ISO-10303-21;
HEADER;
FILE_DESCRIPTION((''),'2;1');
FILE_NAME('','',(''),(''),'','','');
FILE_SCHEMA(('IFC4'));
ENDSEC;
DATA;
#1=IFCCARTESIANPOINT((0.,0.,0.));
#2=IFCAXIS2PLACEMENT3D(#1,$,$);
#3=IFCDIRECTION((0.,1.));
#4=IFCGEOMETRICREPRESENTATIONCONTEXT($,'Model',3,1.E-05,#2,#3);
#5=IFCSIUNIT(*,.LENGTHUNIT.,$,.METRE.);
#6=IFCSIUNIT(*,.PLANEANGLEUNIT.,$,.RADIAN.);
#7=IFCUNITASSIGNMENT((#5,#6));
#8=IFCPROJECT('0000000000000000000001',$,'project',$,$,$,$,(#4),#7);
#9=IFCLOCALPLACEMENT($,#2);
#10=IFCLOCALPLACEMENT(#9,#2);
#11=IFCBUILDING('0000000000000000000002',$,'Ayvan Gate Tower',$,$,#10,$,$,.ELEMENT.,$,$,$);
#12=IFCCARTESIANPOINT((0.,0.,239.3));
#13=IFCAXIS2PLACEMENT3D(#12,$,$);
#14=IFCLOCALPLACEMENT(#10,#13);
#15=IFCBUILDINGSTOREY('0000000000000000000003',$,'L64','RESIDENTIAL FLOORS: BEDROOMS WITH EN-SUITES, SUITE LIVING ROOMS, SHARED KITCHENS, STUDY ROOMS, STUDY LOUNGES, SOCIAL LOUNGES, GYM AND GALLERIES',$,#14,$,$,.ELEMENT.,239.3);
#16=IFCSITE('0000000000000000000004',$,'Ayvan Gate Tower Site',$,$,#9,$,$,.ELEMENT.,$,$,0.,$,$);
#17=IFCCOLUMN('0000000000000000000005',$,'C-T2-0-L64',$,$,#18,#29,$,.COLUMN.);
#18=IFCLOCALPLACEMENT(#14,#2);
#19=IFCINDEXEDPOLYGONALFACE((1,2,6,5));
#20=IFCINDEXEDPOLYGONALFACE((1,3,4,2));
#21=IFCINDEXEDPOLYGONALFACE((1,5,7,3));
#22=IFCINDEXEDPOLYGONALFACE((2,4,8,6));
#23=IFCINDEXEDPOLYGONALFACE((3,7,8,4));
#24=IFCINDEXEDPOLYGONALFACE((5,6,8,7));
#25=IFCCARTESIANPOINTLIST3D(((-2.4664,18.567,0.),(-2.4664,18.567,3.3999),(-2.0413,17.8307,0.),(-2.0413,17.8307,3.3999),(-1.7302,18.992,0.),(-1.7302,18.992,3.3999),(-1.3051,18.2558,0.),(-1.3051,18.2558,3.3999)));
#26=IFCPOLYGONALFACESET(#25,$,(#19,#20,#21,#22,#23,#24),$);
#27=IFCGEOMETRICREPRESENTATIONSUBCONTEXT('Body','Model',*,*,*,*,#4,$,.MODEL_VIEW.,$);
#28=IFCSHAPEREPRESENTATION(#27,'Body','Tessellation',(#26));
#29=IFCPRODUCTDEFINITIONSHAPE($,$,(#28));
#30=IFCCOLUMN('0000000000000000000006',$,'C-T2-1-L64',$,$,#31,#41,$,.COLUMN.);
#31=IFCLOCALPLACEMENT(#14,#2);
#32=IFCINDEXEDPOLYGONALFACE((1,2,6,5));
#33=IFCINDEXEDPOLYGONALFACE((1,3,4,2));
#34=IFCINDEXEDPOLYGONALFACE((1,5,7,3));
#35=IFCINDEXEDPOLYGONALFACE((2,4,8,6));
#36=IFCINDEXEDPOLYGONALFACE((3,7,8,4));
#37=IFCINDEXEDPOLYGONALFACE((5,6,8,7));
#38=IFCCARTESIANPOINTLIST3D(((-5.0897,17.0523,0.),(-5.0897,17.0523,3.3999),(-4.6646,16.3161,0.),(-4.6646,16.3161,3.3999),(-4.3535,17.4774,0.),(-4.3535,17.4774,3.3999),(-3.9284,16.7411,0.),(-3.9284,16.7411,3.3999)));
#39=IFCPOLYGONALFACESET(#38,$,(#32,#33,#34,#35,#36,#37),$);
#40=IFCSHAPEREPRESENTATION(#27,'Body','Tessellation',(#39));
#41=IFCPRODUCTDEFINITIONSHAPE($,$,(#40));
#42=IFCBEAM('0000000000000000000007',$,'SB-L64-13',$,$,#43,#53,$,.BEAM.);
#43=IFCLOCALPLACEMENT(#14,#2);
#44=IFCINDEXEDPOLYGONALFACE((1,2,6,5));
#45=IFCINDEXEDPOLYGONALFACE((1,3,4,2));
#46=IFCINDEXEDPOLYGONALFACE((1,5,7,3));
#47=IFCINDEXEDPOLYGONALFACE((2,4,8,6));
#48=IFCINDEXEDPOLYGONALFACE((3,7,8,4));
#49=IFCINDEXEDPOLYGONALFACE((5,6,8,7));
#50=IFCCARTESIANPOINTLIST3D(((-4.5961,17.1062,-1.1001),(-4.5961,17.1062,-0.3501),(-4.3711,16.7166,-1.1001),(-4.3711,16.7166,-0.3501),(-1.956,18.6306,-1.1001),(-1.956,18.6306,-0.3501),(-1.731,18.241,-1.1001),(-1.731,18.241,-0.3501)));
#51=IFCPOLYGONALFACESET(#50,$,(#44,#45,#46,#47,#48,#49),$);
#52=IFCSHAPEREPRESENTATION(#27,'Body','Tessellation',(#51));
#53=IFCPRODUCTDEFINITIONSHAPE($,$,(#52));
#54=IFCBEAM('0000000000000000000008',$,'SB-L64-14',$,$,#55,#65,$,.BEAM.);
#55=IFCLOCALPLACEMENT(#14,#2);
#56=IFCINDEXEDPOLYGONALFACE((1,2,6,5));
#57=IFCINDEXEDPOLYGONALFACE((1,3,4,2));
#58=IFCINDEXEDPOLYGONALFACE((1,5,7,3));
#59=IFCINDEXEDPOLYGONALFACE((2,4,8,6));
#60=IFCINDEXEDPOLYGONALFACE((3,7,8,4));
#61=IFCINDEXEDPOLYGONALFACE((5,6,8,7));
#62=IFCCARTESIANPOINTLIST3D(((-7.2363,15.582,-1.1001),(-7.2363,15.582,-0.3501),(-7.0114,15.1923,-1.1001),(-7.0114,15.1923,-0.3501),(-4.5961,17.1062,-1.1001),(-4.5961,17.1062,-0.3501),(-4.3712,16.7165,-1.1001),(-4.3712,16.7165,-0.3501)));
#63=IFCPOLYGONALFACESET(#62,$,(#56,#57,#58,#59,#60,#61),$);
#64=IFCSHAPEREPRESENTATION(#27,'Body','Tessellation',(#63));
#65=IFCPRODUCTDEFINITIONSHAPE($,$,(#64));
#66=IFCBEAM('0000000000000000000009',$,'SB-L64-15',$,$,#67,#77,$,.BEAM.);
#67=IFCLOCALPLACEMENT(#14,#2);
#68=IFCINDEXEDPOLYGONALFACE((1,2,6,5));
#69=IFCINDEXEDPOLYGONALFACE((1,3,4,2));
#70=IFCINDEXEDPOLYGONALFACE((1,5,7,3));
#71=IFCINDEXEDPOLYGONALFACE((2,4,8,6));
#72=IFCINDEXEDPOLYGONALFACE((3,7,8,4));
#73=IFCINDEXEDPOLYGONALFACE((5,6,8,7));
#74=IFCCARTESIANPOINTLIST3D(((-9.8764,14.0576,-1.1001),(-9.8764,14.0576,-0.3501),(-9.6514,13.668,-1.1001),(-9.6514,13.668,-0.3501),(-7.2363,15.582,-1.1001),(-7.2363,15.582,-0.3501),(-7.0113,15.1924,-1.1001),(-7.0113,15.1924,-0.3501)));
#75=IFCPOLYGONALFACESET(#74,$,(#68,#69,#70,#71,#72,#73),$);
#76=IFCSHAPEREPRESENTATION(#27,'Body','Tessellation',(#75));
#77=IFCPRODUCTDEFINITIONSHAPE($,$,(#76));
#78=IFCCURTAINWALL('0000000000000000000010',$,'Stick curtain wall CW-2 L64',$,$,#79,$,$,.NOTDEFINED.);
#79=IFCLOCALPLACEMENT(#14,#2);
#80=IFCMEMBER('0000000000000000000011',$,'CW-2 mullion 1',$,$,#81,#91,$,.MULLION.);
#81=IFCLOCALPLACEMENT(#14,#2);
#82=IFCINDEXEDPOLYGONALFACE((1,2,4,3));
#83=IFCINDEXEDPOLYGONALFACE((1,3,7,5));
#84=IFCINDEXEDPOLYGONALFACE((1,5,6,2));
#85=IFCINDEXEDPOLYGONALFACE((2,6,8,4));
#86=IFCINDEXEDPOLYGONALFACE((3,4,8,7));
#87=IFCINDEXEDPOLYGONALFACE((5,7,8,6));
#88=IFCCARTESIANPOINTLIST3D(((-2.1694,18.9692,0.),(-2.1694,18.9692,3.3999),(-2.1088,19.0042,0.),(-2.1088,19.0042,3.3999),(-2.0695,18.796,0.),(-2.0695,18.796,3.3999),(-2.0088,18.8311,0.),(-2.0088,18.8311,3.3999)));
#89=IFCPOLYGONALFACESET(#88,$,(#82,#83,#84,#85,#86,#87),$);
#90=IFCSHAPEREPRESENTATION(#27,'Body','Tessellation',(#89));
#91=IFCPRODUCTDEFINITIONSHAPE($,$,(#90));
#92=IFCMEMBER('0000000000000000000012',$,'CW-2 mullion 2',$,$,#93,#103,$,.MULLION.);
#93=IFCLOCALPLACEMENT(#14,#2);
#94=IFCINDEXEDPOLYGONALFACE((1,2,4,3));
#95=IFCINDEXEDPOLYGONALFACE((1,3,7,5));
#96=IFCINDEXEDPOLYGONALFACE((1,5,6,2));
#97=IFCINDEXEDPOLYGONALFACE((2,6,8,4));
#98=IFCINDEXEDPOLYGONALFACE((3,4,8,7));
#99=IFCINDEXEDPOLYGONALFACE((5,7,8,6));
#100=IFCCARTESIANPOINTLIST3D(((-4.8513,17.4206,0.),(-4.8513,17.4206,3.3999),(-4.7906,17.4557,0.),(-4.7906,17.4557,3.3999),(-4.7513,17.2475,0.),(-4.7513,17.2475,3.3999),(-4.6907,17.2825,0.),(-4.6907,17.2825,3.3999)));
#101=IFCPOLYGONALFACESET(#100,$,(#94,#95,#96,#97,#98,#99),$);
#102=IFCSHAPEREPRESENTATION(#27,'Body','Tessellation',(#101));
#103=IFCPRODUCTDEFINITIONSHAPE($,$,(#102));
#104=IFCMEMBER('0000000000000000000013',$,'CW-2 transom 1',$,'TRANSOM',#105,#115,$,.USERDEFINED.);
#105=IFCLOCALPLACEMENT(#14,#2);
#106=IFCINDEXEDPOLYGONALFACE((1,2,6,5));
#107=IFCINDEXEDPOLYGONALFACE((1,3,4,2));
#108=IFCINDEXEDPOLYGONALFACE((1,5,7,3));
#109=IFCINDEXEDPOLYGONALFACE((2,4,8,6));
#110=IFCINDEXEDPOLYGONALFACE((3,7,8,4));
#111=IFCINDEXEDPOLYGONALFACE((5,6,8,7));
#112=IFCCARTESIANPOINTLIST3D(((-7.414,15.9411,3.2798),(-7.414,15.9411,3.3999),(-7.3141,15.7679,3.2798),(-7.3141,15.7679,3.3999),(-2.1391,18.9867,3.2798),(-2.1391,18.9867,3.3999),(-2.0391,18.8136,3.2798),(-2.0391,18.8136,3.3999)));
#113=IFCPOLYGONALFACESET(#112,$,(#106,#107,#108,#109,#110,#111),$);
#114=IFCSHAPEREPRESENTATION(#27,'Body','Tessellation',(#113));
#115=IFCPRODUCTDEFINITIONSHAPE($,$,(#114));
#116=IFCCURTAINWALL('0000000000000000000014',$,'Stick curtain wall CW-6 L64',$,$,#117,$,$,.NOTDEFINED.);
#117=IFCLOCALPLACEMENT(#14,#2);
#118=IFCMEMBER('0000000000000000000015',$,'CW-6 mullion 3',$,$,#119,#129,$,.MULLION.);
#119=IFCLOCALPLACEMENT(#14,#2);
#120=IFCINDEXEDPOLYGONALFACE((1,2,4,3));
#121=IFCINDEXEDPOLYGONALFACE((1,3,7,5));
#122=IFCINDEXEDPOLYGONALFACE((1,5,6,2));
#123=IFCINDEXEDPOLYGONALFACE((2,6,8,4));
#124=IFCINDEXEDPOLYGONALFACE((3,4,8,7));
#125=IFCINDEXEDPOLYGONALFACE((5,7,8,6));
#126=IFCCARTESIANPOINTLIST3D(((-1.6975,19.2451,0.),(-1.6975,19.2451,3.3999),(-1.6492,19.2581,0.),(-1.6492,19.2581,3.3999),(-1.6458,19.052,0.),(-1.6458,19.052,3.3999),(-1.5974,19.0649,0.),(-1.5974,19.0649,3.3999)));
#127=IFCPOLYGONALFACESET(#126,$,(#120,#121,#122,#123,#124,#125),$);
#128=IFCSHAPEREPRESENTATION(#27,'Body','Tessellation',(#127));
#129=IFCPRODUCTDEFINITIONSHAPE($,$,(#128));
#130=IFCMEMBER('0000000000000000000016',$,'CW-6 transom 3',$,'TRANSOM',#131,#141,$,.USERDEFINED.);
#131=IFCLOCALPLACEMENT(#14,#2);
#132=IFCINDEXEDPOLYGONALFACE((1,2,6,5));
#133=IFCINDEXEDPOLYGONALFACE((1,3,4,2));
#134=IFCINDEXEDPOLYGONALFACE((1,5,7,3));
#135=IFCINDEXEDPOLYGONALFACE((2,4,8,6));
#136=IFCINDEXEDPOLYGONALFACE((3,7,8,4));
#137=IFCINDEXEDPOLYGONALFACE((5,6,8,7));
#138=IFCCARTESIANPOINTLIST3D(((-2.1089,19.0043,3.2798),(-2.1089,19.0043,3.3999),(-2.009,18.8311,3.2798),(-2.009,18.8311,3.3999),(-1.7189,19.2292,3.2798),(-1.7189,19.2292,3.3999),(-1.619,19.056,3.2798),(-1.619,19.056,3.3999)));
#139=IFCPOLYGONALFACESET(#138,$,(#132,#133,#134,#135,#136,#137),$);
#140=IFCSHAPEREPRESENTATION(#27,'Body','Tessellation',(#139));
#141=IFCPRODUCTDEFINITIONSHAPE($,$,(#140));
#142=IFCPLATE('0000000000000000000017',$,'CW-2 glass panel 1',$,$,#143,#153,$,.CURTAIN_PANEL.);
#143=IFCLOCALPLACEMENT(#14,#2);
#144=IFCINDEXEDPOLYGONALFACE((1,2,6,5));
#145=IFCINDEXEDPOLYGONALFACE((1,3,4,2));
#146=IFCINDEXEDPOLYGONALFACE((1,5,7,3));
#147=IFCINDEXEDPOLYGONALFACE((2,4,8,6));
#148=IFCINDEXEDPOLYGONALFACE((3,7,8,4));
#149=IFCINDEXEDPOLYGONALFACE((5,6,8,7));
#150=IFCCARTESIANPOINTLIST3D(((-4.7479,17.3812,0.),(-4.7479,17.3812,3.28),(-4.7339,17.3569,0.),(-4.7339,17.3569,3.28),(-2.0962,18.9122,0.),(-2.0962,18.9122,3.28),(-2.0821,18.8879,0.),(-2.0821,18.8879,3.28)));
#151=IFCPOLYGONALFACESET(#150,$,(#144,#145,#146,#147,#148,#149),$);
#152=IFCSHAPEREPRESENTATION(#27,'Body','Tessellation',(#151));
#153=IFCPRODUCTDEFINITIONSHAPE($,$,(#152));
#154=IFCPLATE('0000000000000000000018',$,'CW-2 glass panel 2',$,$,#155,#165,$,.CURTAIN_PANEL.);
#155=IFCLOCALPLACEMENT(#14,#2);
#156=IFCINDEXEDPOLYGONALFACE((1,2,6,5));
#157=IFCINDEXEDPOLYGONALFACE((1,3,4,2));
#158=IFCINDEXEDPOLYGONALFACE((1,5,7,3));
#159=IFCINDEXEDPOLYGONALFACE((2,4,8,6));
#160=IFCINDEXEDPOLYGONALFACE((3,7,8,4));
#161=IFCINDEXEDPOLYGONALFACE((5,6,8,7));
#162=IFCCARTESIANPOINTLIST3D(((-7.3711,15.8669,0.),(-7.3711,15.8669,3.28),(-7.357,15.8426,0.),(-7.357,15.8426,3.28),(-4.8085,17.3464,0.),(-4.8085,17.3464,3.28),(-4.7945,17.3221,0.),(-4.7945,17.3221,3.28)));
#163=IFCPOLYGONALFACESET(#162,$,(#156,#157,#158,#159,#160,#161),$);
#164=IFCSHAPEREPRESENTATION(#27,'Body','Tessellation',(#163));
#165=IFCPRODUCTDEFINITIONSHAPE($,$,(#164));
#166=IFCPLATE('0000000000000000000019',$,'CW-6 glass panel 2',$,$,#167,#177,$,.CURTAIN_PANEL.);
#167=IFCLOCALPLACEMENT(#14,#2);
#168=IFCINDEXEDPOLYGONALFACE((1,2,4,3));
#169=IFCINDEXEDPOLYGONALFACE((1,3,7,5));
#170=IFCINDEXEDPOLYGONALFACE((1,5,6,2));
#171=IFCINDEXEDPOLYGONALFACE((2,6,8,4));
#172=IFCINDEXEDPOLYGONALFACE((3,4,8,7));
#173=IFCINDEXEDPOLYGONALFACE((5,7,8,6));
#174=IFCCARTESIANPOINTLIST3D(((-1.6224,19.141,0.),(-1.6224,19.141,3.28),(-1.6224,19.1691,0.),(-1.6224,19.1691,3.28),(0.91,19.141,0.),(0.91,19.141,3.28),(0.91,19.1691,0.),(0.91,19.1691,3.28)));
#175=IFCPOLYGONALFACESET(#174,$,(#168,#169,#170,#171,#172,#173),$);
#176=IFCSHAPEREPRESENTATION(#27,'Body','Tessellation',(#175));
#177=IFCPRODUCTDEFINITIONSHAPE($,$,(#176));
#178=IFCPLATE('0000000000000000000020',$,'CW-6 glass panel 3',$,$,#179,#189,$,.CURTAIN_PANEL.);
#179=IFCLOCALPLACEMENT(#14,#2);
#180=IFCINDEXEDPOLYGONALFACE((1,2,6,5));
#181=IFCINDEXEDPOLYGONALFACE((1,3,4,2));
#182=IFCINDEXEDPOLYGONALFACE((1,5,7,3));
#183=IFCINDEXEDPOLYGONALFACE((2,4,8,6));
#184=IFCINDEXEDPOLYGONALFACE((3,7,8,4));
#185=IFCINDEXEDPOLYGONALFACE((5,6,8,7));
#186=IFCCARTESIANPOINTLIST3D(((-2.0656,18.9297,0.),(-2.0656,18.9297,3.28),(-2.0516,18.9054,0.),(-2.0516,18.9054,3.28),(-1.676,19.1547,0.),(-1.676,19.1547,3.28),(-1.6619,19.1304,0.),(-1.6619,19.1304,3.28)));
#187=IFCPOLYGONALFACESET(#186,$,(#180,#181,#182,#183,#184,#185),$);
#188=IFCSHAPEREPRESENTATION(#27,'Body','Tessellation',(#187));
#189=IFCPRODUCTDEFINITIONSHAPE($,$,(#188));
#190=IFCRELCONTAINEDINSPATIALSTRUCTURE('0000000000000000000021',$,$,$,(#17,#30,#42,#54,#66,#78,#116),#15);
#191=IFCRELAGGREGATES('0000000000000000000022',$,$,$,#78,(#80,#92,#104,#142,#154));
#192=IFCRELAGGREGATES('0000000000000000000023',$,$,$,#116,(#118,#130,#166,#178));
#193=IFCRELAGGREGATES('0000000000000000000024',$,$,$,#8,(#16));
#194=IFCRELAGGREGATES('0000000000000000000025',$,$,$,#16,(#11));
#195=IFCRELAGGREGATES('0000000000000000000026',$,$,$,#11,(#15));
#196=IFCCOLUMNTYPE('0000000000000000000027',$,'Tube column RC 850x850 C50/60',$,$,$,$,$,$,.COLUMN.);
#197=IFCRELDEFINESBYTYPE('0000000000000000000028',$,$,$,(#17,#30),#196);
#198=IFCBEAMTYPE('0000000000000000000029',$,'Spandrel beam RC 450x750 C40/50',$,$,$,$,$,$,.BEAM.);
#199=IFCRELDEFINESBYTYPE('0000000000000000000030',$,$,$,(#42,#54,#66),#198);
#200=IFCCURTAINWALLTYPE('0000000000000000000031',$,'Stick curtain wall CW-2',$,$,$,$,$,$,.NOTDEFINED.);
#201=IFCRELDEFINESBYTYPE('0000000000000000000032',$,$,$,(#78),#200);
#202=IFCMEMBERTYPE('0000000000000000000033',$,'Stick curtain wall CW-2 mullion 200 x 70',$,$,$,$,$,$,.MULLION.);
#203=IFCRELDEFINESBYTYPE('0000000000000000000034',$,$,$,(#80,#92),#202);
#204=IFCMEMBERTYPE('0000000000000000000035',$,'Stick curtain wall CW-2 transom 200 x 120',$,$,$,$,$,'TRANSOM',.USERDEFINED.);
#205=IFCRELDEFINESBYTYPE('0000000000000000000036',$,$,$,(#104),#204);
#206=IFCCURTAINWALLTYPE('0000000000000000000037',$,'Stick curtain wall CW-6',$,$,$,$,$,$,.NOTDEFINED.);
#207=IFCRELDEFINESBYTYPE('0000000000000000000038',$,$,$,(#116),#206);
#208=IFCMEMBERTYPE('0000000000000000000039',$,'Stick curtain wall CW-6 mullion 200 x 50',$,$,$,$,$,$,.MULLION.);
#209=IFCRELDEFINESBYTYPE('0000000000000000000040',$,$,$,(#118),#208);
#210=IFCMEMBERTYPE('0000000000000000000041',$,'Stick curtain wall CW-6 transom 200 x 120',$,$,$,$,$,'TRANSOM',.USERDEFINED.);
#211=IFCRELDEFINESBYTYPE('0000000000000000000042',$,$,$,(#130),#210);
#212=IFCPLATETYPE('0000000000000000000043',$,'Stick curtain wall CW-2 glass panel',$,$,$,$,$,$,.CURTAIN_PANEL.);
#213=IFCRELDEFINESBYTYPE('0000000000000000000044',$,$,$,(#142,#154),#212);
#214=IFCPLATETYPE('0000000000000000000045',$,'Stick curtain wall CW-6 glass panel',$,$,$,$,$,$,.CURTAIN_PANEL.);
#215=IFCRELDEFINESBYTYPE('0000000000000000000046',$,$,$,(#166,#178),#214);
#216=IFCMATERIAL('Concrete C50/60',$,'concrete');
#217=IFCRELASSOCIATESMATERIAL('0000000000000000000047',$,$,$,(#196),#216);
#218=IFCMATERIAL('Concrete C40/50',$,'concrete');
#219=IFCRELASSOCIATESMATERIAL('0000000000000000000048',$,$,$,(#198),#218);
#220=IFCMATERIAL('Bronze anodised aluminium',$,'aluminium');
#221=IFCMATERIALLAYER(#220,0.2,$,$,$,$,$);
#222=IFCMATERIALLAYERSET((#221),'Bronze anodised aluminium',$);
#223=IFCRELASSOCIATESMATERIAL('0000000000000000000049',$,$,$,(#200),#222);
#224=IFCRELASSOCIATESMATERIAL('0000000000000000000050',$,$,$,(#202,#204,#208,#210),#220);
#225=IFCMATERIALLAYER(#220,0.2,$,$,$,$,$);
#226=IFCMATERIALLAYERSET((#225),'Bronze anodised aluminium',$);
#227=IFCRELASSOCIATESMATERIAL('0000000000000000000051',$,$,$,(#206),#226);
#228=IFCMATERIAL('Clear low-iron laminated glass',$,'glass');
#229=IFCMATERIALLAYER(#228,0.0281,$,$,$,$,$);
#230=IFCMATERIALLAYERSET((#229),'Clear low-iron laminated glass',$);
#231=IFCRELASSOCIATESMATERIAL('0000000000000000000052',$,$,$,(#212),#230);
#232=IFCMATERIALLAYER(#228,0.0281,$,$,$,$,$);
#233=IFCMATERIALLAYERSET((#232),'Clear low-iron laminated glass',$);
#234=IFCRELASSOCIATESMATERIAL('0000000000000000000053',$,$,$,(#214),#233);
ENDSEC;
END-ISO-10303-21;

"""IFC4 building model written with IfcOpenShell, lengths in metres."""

from ifc_helpers import new_model, si_unit, direction, frame, origin, origin_2d, place, context, subcontext, project, spatial, rectangle, extrude, material, layer, layer_set, material_profile, profile_set, type_object, element, aggregate, save


model = new_model("IFC4")

# Units and contexts
model_context = context("Model", 3, precision=1e-05, world=origin(), true_north=direction((0.0, 1.0)))
body_context = subcontext(model_context, "Body", "Model", "MODEL_VIEW")
ifc_project = project(units=[si_unit("LENGTHUNIT", "METRE"), si_unit("PLANEANGLEUNIT", "RADIAN")], contexts=[model_context])

# Site, building, storey
site_placement = place(None, origin())
site = spatial("IfcSite", under=ifc_project, at=site_placement, Name="Ayvan Gate Tower Site", CompositionType="ELEMENT", RefElevation=0.0)
building_placement = place(site_placement, origin())
building = spatial("IfcBuilding", under=site, at=building_placement, Name="Ayvan Gate Tower", CompositionType="ELEMENT")
storey_placement = place(building_placement, frame((0.0, 0.0, 239.3)))
storey = spatial("IfcBuildingStorey", under=building, at=storey_placement, Name="L64", Description="RESIDENTIAL FLOORS: BEDROOMS WITH EN-SUITES, SUITE LIVING ROOMS, SHARED KITCHENS, STUDY ROOMS, STUDY LOUNGES, SOCIAL LOUNGES, GYM AND GALLERIES", CompositionType="ELEMENT", Elevation=239.3)

# Columns
ifc_material_1 = material(Name="Concrete C50/60", Category="concrete")
ifc_material_profile_1 = material_profile(ifc_material_1, rectangle(XDim=0.8501, YDim=0.8501, at=origin_2d()), Name="RC 850x850")
ifc_profile_set_1 = profile_set([ifc_material_profile_1], Name="Concrete C50/60")
column_type = type_object("IfcColumnType", Name="Tube column RC 850x850 C50/60", PredefinedType="COLUMN", material=ifc_profile_set_1)
for number, where, z_axis, x_axis, name in (
    (1, (-1.8857, 18.4114, 0.0), (0.0, 0.0, 1.0), (-0.5, 0.866025, 0.0), "C-T2-0-L64"),
    (2, (-4.509, 16.8967, 0.0), (0.0, 0.0, 1.0), (-0.5, 0.866025, 0.0), "C-T2-1-L64"),
):
    element("IfcColumn", number, at=place(storey_placement, frame(where, z_axis=z_axis, x_axis=x_axis)), inside=storey, type_object=column_type, Name=name, PredefinedType="COLUMN", context=body_context, shape_type="SweptSolid", body=[
        extrude(rectangle(XDim=0.8501, YDim=0.8501, at=origin_2d()), origin(), (0.0, 0.0, 1.0), 3.3999),
    ])

# Beams
ifc_material_2 = material(Name="Concrete C40/50", Category="concrete")
ifc_material_profile_2 = material_profile(ifc_material_2, rectangle(XDim=0.45, YDim=0.75, at=origin_2d()), Name="RC 450x750")
ifc_profile_set_2 = profile_set([ifc_material_profile_2], Name="Concrete C40/50")
beam_type = type_object("IfcBeamType", Name="Spandrel beam RC 450x750 C40/50", PredefinedType="BEAM", material=ifc_profile_set_2)
for number, where, z_axis, x_axis, name in (
    (3, (-1.8435, 18.4358, -0.7251), (-0.866007, -0.500032, 0.0), (0.500032, -0.866007, 0.0), "SB-L64-13"),
    (4, (-4.4836, 16.9114, -0.7251), (-0.866042, -0.499972, 0.0), (0.499972, -0.866042, 0.0), "SB-L64-14"),
    (5, (-7.1238, 15.3872, -0.7251), (-0.866007, -0.500032, 0.0), (0.500032, -0.866007, 0.0), "SB-L64-15"),
):
    element("IfcBeam", number, at=place(storey_placement, frame(where, z_axis=z_axis, x_axis=x_axis)), inside=storey, type_object=beam_type, Name=name, PredefinedType="BEAM", context=body_context, shape_type="SweptSolid", body=[
        extrude(rectangle(XDim=0.45, YDim=0.75, at=origin_2d()), origin(), (0.0, 0.0, 1.0), 3.0486),
    ])

# Curtain walls, members
ifc_material_3 = material(Name="Bronze anodised aluminium", Category="aluminium")
ifc_layer_1 = layer(ifc_material_3, 0.2)
ifc_layer_set_1 = layer_set([ifc_layer_1], Name="Bronze anodised aluminium")
curtain_wall_type_1 = type_object("IfcCurtainWallType", Name="Stick curtain wall CW-2", PredefinedType="NOTDEFINED", material=ifc_layer_set_1)
curtain_wall_1_placement = place(storey_placement, origin())
curtain_wall_1 = element("IfcCurtainWall", 6, at=curtain_wall_1_placement, inside=storey, type_object=curtain_wall_type_1, Name="Stick curtain wall CW-2 L64", PredefinedType="NOTDEFINED")
ifc_material_profile_3 = material_profile(ifc_material_3, rectangle(XDim=0.2, YDim=0.0701, at=origin_2d()), Name="Stick curtain wall CW-2 mullion 200 x 70")
ifc_profile_set_3 = profile_set([ifc_material_profile_3], Name="Bronze anodised aluminium")
member_type_1 = type_object("IfcMemberType", Name="Stick curtain wall CW-2 mullion 200 x 70", PredefinedType="MULLION", material=ifc_profile_set_3)
member_1_placement = place(storey_placement, frame((-2.0891, 18.9001, 0.0), z_axis=(0.0, 0.0, 1.0), x_axis=(-0.5, 0.866025, 0.0)))
member_1 = element("IfcMember", 7, at=member_1_placement, type_object=member_type_1, Name="CW-2 mullion 1", PredefinedType="MULLION", context=body_context, shape_type="SweptSolid", body=[
    extrude(rectangle(XDim=0.2, YDim=0.0701, at=origin_2d()), origin(), (0.0, 0.0, 1.0), 3.3999),
])
member_2_placement = place(storey_placement, frame((-4.771, 17.3516, 0.0), z_axis=(0.0, 0.0, 1.0), x_axis=(-0.5, 0.866025, 0.0)))
member_2 = element("IfcMember", 8, at=member_2_placement, type_object=member_type_1, Name="CW-2 mullion 2", PredefinedType="MULLION", context=body_context, shape_type="SweptSolid", body=[
    extrude(rectangle(XDim=0.2, YDim=0.0701, at=origin_2d()), origin(), (0.0, 0.0, 1.0), 3.3999),
])
ifc_material_profile_4 = material_profile(ifc_material_3, rectangle(XDim=0.2, YDim=0.1201, at=origin_2d()), Name="Stick curtain wall CW-2 transom 200 x 120")
ifc_profile_set_4 = profile_set([ifc_material_profile_4], Name="Bronze anodised aluminium")
member_type_2 = type_object("IfcMemberType", Name="Stick curtain wall CW-2 transom 200 x 120", ElementType="TRANSOM", PredefinedType="USERDEFINED", material=ifc_profile_set_4)
member_3_placement = place(storey_placement, frame((-2.0891, 18.9001, 3.3398), z_axis=(-0.866012, -0.500023, 0.0), x_axis=(0.500023, -0.866012, 0.0)))
member_3 = element("IfcMember", 9, at=member_3_placement, type_object=member_type_2, Name="CW-2 transom 1", ObjectType="TRANSOM", PredefinedType="USERDEFINED", context=body_context, shape_type="SweptSolid", body=[
    extrude(rectangle(XDim=0.2, YDim=0.1201, at=origin_2d()), origin(), (0.0, 0.0, 1.0), 6.0911),
])
ifc_layer_2 = layer(ifc_material_3, 0.2)
ifc_layer_set_2 = layer_set([ifc_layer_2], Name="Bronze anodised aluminium")
curtain_wall_type_2 = type_object("IfcCurtainWallType", Name="Stick curtain wall CW-6", PredefinedType="NOTDEFINED", material=ifc_layer_set_2)
curtain_wall_2_placement = place(storey_placement, origin())
curtain_wall_2 = element("IfcCurtainWall", 10, at=curtain_wall_2_placement, inside=storey, type_object=curtain_wall_type_2, Name="Stick curtain wall CW-6 L64", PredefinedType="NOTDEFINED")
ifc_material_profile_5 = material_profile(ifc_material_3, rectangle(XDim=0.2, YDim=0.05, at=origin_2d()), Name="Stick curtain wall CW-6 mullion 200 x 50")
ifc_profile_set_5 = profile_set([ifc_material_profile_5], Name="Bronze anodised aluminium")
member_type_3 = type_object("IfcMemberType", Name="Stick curtain wall CW-6 mullion 200 x 50", PredefinedType="MULLION", material=ifc_profile_set_5)
member_4_placement = place(storey_placement, frame((-1.6475, 19.155, 0.0), z_axis=(0.0, 0.0, 1.0), x_axis=(-0.258819, 0.965926, 0.0)))
member_4 = element("IfcMember", 11, at=member_4_placement, type_object=member_type_3, Name="CW-6 mullion 3", PredefinedType="MULLION", context=body_context, shape_type="SweptSolid", body=[
    extrude(rectangle(XDim=0.2, YDim=0.05, at=origin_2d()), origin(), (0.0, 0.0, 1.0), 3.3999),
])
ifc_material_profile_6 = material_profile(ifc_material_3, rectangle(XDim=0.2, YDim=0.1201, at=origin_2d()), Name="Stick curtain wall CW-6 transom 200 x 120")
ifc_profile_set_6 = profile_set([ifc_material_profile_6], Name="Bronze anodised aluminium")
member_type_4 = type_object("IfcMemberType", Name="Stick curtain wall CW-6 transom 200 x 120", ElementType="TRANSOM", PredefinedType="USERDEFINED", material=ifc_profile_set_6)
member_5_placement = place(storey_placement, frame((-1.6689, 19.1426, 3.3398), z_axis=(-0.866267, -0.499582, 0.0), x_axis=(0.499582, -0.866267, 0.0)))
member_5 = element("IfcMember", 12, at=member_5_placement, type_object=member_type_4, Name="CW-6 transom 3", ObjectType="TRANSOM", PredefinedType="USERDEFINED", context=body_context, shape_type="SweptSolid", body=[
    extrude(rectangle(XDim=0.2, YDim=0.1201, at=origin_2d()), origin(), (0.0, 0.0, 1.0), 0.4502),
])

# Plates
ifc_material_4 = material(Name="Clear low-iron laminated glass", Category="glass")
ifc_layer_3 = layer(ifc_material_4, 0.0281)
ifc_layer_set_3 = layer_set([ifc_layer_3], Name="Clear low-iron laminated glass")
plate_type_1 = type_object("IfcPlateType", Name="Stick curtain wall CW-2 glass panel", PredefinedType="CURTAIN_PANEL", material=ifc_layer_set_3)
plate_1_placement = place(storey_placement, frame((-3.415, 18.1345, 0.0), z_axis=(0.0, 0.0, 1.0), x_axis=(-0.866025, -0.5, 0.0)))
plate_1 = element("IfcPlate", 13, at=plate_1_placement, type_object=plate_type_1, Name="CW-2 glass panel 1", PredefinedType="CURTAIN_PANEL", context=body_context, shape_type="SweptSolid", body=[
    extrude(rectangle(XDim=3.062, YDim=0.0281, at=origin_2d()), origin(), (0.0, 0.0, 1.0), 3.28),
])
plate_2_placement = place(storey_placement, frame((-6.0828, 16.5945, 0.0), z_axis=(0.0, 0.0, 1.0), x_axis=(-0.866025, -0.5, 0.0)))
plate_2 = element("IfcPlate", 14, at=plate_2_placement, type_object=plate_type_1, Name="CW-2 glass panel 2", PredefinedType="CURTAIN_PANEL", context=body_context, shape_type="SweptSolid", body=[
    extrude(rectangle(XDim=2.959, YDim=0.0281, at=origin_2d()), origin(), (0.0, 0.0, 1.0), 3.28),
])
aggregate(curtain_wall_1, [member_1, member_2, member_3, plate_1, plate_2])
ifc_layer_4 = layer(ifc_material_4, 0.0281)
ifc_layer_set_4 = layer_set([ifc_layer_4], Name="Clear low-iron laminated glass")
plate_type_2 = type_object("IfcPlateType", Name="Stick curtain wall CW-6 glass panel", PredefinedType="CURTAIN_PANEL", material=ifc_layer_set_4)
plate_3_placement = place(storey_placement, frame((-0.3562, 19.155, 0.0), z_axis=(0.0, 0.0, 1.0), x_axis=(-1.0, 0.0, 0.0)))
plate_3 = element("IfcPlate", 15, at=plate_3_placement, type_object=plate_type_2, Name="CW-6 glass panel 2", PredefinedType="CURTAIN_PANEL", context=body_context, shape_type="SweptSolid", body=[
    extrude(rectangle(XDim=2.5325, YDim=0.0281, at=origin_2d()), origin(), (0.0, 0.0, 1.0), 3.28),
])
plate_4_placement = place(storey_placement, frame((-1.8638, 19.03, 0.0), z_axis=(0.0, 0.0, 1.0), x_axis=(-0.866025, -0.5, 0.0)))
plate_4 = element("IfcPlate", 16, at=plate_4_placement, type_object=plate_type_2, Name="CW-6 glass panel 3", PredefinedType="CURTAIN_PANEL", context=body_context, shape_type="SweptSolid", body=[
    extrude(rectangle(XDim=0.45, YDim=0.0281, at=origin_2d()), origin(), (0.0, 0.0, 1.0), 3.28),
])
aggregate(curtain_wall_2, [member_4, member_5, plate_3, plate_4])

save(model, "model.ifc")
